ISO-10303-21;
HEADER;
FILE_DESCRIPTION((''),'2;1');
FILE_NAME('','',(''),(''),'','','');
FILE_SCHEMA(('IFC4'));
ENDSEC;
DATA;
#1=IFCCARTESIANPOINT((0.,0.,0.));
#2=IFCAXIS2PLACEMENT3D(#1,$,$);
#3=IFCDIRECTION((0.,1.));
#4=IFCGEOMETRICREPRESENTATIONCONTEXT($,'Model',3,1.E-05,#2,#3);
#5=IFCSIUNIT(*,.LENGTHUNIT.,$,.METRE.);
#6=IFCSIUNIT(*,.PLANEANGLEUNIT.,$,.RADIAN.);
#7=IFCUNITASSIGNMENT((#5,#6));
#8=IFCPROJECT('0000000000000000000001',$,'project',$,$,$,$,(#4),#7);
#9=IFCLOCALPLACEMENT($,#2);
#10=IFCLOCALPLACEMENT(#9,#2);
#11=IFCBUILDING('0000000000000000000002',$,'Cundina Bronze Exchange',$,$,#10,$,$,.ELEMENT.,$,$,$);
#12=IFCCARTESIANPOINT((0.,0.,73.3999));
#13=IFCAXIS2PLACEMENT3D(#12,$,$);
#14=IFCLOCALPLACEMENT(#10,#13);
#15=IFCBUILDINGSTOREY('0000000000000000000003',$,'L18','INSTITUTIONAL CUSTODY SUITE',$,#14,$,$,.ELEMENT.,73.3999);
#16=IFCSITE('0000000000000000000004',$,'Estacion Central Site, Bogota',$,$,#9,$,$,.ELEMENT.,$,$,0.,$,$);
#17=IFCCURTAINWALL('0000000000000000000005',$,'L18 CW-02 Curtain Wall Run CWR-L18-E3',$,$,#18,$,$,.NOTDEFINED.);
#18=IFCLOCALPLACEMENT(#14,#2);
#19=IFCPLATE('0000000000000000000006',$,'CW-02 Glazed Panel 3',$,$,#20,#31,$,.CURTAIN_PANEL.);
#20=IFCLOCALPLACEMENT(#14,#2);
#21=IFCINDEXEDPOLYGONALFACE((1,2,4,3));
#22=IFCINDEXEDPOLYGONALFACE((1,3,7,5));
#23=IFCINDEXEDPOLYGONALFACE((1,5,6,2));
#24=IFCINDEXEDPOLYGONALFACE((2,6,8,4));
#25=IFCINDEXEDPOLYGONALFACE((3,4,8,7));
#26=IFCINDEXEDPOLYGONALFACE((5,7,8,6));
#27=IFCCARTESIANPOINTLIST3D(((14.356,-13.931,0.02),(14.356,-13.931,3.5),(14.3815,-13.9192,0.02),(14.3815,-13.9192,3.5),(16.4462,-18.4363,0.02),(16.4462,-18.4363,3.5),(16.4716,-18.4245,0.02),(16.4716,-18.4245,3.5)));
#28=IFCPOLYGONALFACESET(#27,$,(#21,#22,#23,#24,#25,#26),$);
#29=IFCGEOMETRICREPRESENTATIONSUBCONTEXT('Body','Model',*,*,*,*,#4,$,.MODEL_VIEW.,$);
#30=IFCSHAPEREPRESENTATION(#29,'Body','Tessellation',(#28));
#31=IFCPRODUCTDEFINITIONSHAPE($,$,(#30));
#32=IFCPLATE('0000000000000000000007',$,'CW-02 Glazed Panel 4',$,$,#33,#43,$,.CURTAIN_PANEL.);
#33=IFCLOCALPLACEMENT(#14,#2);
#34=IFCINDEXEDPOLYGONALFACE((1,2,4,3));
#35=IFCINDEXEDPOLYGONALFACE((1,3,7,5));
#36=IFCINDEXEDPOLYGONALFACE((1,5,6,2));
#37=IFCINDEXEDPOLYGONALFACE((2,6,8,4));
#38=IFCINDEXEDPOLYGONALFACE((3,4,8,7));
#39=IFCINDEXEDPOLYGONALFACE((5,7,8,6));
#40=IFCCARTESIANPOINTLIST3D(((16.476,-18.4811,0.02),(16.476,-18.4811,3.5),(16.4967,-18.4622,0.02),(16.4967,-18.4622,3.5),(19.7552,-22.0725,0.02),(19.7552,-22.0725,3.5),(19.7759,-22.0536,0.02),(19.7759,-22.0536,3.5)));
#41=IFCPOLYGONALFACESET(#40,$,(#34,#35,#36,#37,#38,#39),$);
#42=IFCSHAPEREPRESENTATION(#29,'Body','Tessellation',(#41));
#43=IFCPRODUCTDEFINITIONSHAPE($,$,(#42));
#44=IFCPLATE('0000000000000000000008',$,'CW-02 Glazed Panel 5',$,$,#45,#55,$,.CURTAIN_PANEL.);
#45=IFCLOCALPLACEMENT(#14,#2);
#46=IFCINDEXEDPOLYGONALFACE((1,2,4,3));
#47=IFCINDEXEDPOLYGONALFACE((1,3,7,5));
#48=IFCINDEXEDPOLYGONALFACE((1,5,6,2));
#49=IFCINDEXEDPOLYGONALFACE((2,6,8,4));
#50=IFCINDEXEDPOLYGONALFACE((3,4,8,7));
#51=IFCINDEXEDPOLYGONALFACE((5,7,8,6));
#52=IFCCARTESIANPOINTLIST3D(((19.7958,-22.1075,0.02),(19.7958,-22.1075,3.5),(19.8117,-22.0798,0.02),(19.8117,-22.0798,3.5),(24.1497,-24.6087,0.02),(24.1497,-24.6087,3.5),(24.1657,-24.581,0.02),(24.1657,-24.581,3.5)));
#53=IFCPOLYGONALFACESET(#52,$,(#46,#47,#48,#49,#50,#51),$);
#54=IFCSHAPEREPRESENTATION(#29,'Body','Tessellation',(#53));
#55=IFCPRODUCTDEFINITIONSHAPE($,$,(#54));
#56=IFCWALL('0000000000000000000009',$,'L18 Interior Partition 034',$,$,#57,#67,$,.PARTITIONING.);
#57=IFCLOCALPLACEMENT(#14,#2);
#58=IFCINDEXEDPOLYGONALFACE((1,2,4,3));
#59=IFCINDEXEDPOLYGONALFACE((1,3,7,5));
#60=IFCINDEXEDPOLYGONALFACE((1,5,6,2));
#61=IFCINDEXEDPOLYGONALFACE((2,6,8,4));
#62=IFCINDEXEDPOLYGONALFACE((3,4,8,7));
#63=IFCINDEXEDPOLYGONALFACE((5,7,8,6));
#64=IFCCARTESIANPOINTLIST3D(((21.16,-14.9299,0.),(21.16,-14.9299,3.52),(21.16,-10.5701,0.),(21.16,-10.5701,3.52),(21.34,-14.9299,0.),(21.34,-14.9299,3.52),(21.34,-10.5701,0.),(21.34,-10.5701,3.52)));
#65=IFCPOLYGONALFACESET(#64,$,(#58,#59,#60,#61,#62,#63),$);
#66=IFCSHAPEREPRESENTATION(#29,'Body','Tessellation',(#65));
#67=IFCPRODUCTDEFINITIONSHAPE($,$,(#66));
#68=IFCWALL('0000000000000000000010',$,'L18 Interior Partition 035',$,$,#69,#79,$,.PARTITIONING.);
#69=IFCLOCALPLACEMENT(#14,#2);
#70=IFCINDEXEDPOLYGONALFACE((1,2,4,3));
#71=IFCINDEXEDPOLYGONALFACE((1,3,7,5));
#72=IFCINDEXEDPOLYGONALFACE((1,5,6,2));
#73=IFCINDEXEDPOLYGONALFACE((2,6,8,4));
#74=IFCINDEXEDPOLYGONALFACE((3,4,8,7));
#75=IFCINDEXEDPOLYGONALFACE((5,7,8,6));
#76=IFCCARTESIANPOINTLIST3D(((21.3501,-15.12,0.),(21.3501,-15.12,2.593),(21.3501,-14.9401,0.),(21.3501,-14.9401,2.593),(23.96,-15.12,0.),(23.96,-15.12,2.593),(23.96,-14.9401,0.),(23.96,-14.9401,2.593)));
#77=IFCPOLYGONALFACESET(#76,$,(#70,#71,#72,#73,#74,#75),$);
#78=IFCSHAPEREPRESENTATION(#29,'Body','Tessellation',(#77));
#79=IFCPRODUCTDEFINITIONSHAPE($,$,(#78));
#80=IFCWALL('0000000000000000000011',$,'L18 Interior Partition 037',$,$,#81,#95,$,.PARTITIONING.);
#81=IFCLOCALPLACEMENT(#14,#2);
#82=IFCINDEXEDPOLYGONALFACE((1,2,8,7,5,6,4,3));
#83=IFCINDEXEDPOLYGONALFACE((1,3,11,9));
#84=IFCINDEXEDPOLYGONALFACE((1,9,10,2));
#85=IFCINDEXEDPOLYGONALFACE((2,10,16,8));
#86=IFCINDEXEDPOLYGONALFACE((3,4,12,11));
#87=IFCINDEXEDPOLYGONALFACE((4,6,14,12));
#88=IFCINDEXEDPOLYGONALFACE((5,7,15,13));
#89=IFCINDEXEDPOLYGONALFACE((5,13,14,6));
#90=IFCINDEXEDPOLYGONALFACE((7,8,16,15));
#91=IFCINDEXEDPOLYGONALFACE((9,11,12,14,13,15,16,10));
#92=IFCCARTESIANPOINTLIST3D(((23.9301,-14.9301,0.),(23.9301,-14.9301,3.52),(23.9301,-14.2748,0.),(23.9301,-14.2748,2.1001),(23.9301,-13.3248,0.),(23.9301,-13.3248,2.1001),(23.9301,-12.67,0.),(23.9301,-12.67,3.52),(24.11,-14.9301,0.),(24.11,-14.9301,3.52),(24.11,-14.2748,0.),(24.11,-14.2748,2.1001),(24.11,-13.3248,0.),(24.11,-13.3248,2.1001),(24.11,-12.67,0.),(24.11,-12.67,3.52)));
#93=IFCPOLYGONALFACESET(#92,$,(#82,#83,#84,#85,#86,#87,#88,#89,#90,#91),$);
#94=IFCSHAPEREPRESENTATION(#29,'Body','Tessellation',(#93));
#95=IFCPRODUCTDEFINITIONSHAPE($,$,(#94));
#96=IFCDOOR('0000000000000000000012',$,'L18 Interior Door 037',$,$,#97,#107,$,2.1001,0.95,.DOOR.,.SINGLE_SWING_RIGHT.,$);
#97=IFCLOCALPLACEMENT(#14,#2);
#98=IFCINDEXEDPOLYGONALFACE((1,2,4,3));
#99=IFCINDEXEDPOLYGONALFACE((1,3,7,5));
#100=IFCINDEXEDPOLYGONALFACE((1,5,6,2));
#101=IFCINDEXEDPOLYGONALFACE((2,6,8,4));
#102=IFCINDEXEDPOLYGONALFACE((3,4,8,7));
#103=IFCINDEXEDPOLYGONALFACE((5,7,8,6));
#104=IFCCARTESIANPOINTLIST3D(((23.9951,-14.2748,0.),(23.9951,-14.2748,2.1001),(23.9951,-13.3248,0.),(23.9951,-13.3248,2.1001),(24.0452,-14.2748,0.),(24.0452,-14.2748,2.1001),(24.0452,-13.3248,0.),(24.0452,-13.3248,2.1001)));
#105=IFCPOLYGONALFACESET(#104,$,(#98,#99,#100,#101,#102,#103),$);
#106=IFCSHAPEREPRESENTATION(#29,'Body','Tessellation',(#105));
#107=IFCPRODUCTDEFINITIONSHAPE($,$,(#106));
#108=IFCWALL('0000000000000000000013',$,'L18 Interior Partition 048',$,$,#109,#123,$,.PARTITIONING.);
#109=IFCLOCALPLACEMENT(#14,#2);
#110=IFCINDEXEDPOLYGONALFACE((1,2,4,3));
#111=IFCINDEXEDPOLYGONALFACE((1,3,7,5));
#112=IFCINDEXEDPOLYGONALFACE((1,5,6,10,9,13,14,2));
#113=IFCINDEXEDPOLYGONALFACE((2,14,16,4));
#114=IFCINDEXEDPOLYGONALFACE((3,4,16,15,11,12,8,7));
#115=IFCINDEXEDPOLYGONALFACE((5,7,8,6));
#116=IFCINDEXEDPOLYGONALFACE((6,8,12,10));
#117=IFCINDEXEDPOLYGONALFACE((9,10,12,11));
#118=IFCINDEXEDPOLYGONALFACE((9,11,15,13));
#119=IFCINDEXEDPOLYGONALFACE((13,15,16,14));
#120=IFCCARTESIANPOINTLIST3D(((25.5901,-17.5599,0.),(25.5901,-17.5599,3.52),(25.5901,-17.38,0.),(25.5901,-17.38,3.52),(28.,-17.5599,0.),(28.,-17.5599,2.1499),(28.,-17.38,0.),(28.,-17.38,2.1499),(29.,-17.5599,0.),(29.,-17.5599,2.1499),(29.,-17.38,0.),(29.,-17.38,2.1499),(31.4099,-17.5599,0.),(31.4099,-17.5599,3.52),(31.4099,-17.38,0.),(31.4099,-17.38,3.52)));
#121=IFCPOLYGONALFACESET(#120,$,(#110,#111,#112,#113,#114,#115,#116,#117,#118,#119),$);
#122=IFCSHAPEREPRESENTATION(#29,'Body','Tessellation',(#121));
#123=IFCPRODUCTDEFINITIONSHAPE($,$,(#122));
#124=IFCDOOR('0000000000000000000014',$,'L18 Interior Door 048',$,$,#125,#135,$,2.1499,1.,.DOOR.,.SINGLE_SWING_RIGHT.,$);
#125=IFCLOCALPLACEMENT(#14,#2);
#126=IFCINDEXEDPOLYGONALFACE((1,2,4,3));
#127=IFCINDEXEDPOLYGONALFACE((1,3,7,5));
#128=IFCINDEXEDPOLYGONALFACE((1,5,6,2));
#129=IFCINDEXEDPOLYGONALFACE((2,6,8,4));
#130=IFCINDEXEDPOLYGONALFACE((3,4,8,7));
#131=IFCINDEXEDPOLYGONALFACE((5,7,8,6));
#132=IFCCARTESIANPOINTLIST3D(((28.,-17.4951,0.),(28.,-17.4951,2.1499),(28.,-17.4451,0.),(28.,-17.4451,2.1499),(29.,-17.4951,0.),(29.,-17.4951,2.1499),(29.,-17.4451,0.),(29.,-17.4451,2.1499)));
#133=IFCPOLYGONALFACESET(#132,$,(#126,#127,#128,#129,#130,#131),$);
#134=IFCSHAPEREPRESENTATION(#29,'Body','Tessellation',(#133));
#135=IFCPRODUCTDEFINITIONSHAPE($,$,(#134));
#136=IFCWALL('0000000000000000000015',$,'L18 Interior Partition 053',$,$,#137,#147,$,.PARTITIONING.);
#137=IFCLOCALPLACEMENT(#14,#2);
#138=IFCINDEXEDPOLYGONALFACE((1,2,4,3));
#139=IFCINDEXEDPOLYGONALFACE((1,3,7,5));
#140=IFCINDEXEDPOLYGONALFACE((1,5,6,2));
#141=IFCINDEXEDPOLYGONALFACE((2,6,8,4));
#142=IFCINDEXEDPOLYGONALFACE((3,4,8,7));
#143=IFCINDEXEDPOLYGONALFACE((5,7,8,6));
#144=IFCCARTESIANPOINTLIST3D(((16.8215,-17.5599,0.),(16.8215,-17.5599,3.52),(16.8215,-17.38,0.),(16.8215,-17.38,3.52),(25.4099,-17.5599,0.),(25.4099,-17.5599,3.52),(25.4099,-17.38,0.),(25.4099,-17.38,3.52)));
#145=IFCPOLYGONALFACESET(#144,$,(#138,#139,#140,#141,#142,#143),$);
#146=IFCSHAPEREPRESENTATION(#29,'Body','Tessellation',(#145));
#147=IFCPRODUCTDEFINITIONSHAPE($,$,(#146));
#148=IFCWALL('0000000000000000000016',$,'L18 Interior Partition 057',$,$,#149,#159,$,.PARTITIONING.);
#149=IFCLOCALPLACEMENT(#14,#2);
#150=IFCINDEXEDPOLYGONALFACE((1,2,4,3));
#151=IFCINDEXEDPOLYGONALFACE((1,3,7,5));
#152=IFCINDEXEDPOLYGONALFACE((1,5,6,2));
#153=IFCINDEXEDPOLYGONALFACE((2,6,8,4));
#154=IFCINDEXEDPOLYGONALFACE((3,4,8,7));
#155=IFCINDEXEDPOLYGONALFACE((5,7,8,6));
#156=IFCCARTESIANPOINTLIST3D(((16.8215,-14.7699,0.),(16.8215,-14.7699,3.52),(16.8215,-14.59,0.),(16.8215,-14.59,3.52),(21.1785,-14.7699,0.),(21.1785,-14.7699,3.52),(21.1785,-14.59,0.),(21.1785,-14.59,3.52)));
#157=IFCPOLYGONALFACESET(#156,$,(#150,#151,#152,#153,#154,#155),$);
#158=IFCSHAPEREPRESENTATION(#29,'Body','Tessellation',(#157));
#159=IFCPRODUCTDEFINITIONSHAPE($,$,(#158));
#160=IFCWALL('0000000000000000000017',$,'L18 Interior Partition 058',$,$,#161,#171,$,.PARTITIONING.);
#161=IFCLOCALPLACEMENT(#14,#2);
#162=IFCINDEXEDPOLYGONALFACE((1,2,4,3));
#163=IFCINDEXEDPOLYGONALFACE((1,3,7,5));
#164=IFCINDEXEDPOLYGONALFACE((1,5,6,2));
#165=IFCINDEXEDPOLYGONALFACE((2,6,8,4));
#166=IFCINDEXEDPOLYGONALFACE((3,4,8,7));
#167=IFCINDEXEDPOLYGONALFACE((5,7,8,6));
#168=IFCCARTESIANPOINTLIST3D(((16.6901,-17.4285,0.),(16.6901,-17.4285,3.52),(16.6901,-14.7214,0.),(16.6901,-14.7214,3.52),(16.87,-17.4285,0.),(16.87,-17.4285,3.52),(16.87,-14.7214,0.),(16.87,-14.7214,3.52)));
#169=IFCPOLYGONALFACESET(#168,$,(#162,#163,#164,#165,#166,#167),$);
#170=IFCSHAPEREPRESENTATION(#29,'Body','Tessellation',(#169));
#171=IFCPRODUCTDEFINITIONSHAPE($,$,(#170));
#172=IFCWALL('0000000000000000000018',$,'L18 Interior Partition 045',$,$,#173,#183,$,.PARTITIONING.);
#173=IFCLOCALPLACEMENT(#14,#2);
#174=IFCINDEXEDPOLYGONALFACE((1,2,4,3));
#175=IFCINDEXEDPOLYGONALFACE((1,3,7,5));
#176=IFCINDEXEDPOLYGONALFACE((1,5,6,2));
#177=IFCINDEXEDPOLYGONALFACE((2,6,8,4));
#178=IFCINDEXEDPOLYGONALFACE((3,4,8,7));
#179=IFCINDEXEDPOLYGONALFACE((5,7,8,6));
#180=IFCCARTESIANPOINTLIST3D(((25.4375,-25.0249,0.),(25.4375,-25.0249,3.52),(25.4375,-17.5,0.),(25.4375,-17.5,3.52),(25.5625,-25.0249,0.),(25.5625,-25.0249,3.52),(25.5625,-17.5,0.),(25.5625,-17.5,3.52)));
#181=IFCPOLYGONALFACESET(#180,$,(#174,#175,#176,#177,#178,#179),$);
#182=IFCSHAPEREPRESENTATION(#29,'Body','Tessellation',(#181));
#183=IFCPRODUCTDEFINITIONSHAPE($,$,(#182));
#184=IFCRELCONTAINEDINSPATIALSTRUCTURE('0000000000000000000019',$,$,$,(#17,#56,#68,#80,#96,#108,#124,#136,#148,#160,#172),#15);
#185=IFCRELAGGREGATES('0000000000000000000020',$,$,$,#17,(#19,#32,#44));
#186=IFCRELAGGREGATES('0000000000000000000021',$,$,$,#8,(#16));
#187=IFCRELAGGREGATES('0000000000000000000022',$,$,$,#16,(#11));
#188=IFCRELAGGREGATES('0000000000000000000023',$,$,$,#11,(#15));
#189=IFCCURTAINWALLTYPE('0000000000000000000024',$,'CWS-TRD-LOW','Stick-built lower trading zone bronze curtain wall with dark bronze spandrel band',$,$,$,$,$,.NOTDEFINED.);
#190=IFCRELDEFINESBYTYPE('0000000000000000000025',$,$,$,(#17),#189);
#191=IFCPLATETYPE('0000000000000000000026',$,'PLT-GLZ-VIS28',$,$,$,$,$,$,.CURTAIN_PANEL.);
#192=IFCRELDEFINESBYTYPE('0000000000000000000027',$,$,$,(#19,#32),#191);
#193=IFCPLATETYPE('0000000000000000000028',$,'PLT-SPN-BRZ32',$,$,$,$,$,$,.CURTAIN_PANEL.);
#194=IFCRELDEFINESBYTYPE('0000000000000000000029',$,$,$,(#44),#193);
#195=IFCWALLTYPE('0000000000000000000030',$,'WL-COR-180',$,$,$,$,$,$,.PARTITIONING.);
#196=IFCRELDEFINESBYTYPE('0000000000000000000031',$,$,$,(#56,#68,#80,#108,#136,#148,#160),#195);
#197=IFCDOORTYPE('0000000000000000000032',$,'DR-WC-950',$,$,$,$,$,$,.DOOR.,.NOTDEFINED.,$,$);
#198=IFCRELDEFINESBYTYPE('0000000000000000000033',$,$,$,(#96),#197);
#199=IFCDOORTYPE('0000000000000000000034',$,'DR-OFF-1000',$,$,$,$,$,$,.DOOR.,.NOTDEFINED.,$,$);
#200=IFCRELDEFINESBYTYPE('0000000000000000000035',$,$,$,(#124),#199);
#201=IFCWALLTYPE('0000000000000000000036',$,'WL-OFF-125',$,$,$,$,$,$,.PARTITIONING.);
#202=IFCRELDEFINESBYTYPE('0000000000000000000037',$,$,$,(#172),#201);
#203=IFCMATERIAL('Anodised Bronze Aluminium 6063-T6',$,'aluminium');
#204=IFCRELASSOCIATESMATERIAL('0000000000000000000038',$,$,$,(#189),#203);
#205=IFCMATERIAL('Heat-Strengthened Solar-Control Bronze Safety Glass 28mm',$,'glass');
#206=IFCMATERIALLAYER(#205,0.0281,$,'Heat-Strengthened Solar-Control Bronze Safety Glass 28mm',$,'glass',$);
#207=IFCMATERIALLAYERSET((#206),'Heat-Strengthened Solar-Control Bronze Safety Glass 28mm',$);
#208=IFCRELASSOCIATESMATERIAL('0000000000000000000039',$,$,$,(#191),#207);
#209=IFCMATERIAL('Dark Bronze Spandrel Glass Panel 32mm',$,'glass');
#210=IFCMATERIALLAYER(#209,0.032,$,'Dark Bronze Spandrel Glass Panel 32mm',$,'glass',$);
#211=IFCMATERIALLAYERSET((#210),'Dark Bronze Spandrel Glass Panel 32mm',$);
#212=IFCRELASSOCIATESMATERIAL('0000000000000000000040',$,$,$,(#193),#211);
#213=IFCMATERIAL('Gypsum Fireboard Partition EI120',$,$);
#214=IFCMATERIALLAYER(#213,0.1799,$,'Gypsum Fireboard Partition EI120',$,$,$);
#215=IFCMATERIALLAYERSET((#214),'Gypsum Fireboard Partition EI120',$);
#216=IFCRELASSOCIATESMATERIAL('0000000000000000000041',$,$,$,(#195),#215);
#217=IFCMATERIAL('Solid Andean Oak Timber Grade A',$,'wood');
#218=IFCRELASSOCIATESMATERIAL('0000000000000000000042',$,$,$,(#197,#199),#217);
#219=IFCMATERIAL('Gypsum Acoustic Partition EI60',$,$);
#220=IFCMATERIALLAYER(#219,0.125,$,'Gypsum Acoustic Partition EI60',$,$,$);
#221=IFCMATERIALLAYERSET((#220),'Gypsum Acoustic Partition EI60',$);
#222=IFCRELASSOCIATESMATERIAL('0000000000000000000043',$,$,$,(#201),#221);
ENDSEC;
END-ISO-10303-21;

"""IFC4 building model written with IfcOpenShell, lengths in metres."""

from ifc_helpers import new_model, si_unit, direction, frame, frame_2d, origin, origin_2d, place, context, subcontext, project, spatial, rectangle, extrude, material, layer, layer_set, type_object, element, fill, aggregate, save


model = new_model("IFC4")

# Units and contexts
model_context = context("Model", 3, precision=1e-05, world=origin(), true_north=direction((0.0, 1.0)))
body_context = subcontext(model_context, "Body", "Model", "MODEL_VIEW")
ifc_project = project(units=[si_unit("LENGTHUNIT", "METRE"), si_unit("PLANEANGLEUNIT", "RADIAN")], contexts=[model_context])

# Site, building, storey
site_placement = place(None, origin())
site = spatial("IfcSite", under=ifc_project, at=site_placement, Name="Estacion Central Site, Bogota", CompositionType="ELEMENT", RefElevation=0.0)
building_placement = place(site_placement, origin())
building = spatial("IfcBuilding", under=site, at=building_placement, Name="Cundina Bronze Exchange", CompositionType="ELEMENT")
storey_placement = place(building_placement, frame((0.0, 0.0, 73.3999)))
storey = spatial("IfcBuildingStorey", under=building, at=storey_placement, Name="L18", Description="INSTITUTIONAL CUSTODY SUITE", CompositionType="ELEMENT", Elevation=73.3999)

# Curtain wall, plates
ifc_material_1 = material(Name="Anodised Bronze Aluminium 6063-T6", Category="aluminium")
curtain_wall_type = type_object("IfcCurtainWallType", Name="CWS-TRD-LOW", Description="Stick-built lower trading zone bronze curtain wall with dark bronze spandrel band", PredefinedType="NOTDEFINED", material=ifc_material_1)
curtain_wall_placement = place(storey_placement, origin())
curtain_wall = element("IfcCurtainWall", 1, at=curtain_wall_placement, inside=storey, type_object=curtain_wall_type, Name="L18 CW-02 Curtain Wall Run CWR-L18-E3", PredefinedType="NOTDEFINED")
ifc_material_2 = material(Name="Heat-Strengthened Solar-Control Bronze Safety Glass 28mm", Category="glass")
ifc_layer_1 = layer(ifc_material_2, 0.0281, Name="Heat-Strengthened Solar-Control Bronze Safety Glass 28mm", Category="glass")
ifc_layer_set_1 = layer_set([ifc_layer_1], Name="Heat-Strengthened Solar-Control Bronze Safety Glass 28mm")
plate_type_1 = type_object("IfcPlateType", Name="PLT-GLZ-VIS28", PredefinedType="CURTAIN_PANEL", material=ifc_layer_set_1)
plate_1_placement = place(storey_placement, frame((15.4138, -16.1777, 0.02), z_axis=(0.0, 0.0, 1.0), x_axis=(0.420846, -0.907132, 0.0)))
plate_1 = element("IfcPlate", 2, at=plate_1_placement, type_object=plate_type_1, Name="CW-02 Glazed Panel 3", PredefinedType="CURTAIN_PANEL", context=body_context, shape_type="SweptSolid", body=[
    extrude(rectangle(XDim=4.9666, YDim=0.0281, at=origin_2d()), origin(), (0.0, 0.0, 1.0), 3.48),
])
plate_2_placement = place(storey_placement, frame((18.126, -20.2673, 0.02), z_axis=(0.0, 0.0, 1.0), x_axis=(0.674277, -0.738479, 0.0)))
plate_2 = element("IfcPlate", 3, at=plate_2_placement, type_object=plate_type_1, Name="CW-02 Glazed Panel 4", PredefinedType="CURTAIN_PANEL", context=body_context, shape_type="SweptSolid", body=[
    extrude(rectangle(XDim=4.8633, YDim=0.0281, at=origin_2d()), origin(), (0.0, 0.0, 1.0), 3.48),
])
ifc_material_3 = material(Name="Dark Bronze Spandrel Glass Panel 32mm", Category="glass")
ifc_layer_2 = layer(ifc_material_3, 0.032, Name="Dark Bronze Spandrel Glass Panel 32mm", Category="glass")
ifc_layer_set_2 = layer_set([ifc_layer_2], Name="Dark Bronze Spandrel Glass Panel 32mm")
plate_type_2 = type_object("IfcPlateType", Name="PLT-SPN-BRZ32", PredefinedType="CURTAIN_PANEL", material=ifc_layer_set_2)
plate_3_placement = place(storey_placement, frame((21.9807, -23.3442, 0.02), z_axis=(0.0, 0.0, 1.0), x_axis=(0.867105, -0.498125, 0.0)))
plate_3 = element("IfcPlate", 4, at=plate_3_placement, type_object=plate_type_2, Name="CW-02 Glazed Panel 5", PredefinedType="CURTAIN_PANEL", context=body_context, shape_type="SweptSolid", body=[
    extrude(rectangle(XDim=5.0212, YDim=0.032, at=origin_2d()), origin(), (0.0, 0.0, 1.0), 3.48),
])
aggregate(curtain_wall, [plate_1, plate_2, plate_3])

# Walls
ifc_material_4 = material(Name="Gypsum Fireboard Partition EI120")
ifc_layer_3 = layer(ifc_material_4, 0.1799, Name="Gypsum Fireboard Partition EI120")
ifc_layer_set_3 = layer_set([ifc_layer_3], Name="Gypsum Fireboard Partition EI120")
wall_type_1 = type_object("IfcWallType", Name="WL-COR-180", PredefinedType="PARTITIONING", material=ifc_layer_set_3)
wall_1_placement = place(storey_placement, frame((21.25, -14.9299, 0.0), z_axis=(0.0, 0.0, 1.0), x_axis=(0.0, 1.0, 0.0)))
element("IfcWall", 5, at=wall_1_placement, inside=storey, type_object=wall_type_1, Name="L18 Interior Partition 034", PredefinedType="PARTITIONING", context=body_context, shape_type="SweptSolid", body=[
    extrude(rectangle(XDim=4.3599, YDim=0.1799, at=frame_2d((2.1799, 0.0))), origin(), (0.0, 0.0, 1.0), 3.52),
])
wall_2_placement = place(storey_placement, frame((21.3501, -15.03, 0.0), z_axis=(0.0, 0.0, 1.0), x_axis=(1.0, 0.0, 0.0)))
element("IfcWall", 6, at=wall_2_placement, inside=storey, type_object=wall_type_1, Name="L18 Interior Partition 035", PredefinedType="PARTITIONING", context=body_context, shape_type="SweptSolid", body=[
    extrude(rectangle(XDim=2.6099, YDim=0.1799, at=frame_2d((1.3049, 0.0))), origin(), (0.0, 0.0, 1.0), 2.593),
])

# Walls, openings, doors
wall_3_placement = place(storey_placement, frame((24.02, -14.9299, 0.0), z_axis=(0.0, 0.0, 1.0), x_axis=(0.0, 1.0, 0.0)))
wall_3 = element("IfcWall", 7, at=wall_3_placement, inside=storey, type_object=wall_type_1, Name="L18 Interior Partition 037", PredefinedType="PARTITIONING", context=body_context, shape_type="SweptSolid", body=[
    extrude(rectangle(XDim=2.26, YDim=0.1799, at=frame_2d((1.1299, 0.0))), origin(), (0.0, 0.0, 1.0), 3.52),
])
opening_1_placement = place(wall_3_placement, frame((0.655, 0.0, 0.0)))
opening_1 = element("IfcOpeningElement", 8, at=opening_1_placement, cuts=wall_3, PredefinedType="OPENING", context=body_context, shape_type="SweptSolid", body=[
    extrude(rectangle(XDim=0.95, YDim=2.1001, at=frame_2d((0.4751, 1.05))), frame((0.0, 0.0999, 0.0), z_axis=(0.0, -1.0, 0.0), x_axis=(1.0, 0.0, 0.0)), (0.0, 0.0, 1.0), 0.2),
])
ifc_material_5 = material(Name="Solid Andean Oak Timber Grade A", Category="wood")
door_type_1 = type_object("IfcDoorType", Name="DR-WC-950", OperationType="NOTDEFINED", PredefinedType="DOOR", material=ifc_material_5)
door_1_placement = place(opening_1_placement, origin())
door_1 = element("IfcDoor", 9, at=door_1_placement, inside=storey, type_object=door_type_1, Name="L18 Interior Door 037", OperationType="SINGLE_SWING_RIGHT", OverallHeight=2.1001, OverallWidth=0.95, PredefinedType="DOOR", context=body_context, shape_type="SweptSolid", body=[
    extrude(rectangle(XDim=0.95, YDim=2.1001, at=frame_2d((0.4751, 1.05))), frame((0.0, 0.0249, 0.0), z_axis=(0.0, -1.0, 0.0), x_axis=(1.0, 0.0, 0.0)), (0.0, 0.0, 1.0), 0.05),
])
fill(opening_1, door_1)
wall_4_placement = place(storey_placement, frame((25.5901, -17.47, 0.0), z_axis=(0.0, 0.0, 1.0), x_axis=(1.0, 0.0, 0.0)))
wall_4 = element("IfcWall", 10, at=wall_4_placement, inside=storey, type_object=wall_type_1, Name="L18 Interior Partition 048", PredefinedType="PARTITIONING", context=body_context, shape_type="SweptSolid", body=[
    extrude(rectangle(XDim=5.8198, YDim=0.1799, at=frame_2d((2.9099, 0.0))), origin(), (0.0, 0.0, 1.0), 3.52),
])
opening_2_placement = place(wall_4_placement, frame((2.4099, 0.0, 0.0)))
opening_2 = element("IfcOpeningElement", 11, at=opening_2_placement, cuts=wall_4, PredefinedType="OPENING", context=body_context, shape_type="SweptSolid", body=[
    extrude(rectangle(XDim=1.0, YDim=2.1499, at=frame_2d((0.5, 1.075))), frame((0.0, 0.0999, 0.0), z_axis=(0.0, -1.0, 0.0), x_axis=(1.0, 0.0, 0.0)), (0.0, 0.0, 1.0), 0.2),
])
door_type_2 = type_object("IfcDoorType", Name="DR-OFF-1000", OperationType="NOTDEFINED", PredefinedType="DOOR", material=ifc_material_5)
door_2_placement = place(opening_2_placement, origin())
door_2 = element("IfcDoor", 12, at=door_2_placement, inside=storey, type_object=door_type_2, Name="L18 Interior Door 048", OperationType="SINGLE_SWING_RIGHT", OverallHeight=2.1499, OverallWidth=1.0, PredefinedType="DOOR", context=body_context, shape_type="SweptSolid", body=[
    extrude(rectangle(XDim=1.0, YDim=2.1499, at=frame_2d((0.5, 1.075))), frame((0.0, 0.0249, 0.0), z_axis=(0.0, -1.0, 0.0), x_axis=(1.0, 0.0, 0.0)), (0.0, 0.0, 1.0), 0.05),
])
fill(opening_2, door_2)

# Walls
wall_5_placement = place(storey_placement, frame((16.8215, -17.47, 0.0), z_axis=(0.0, 0.0, 1.0), x_axis=(1.0, 0.0, 0.0)))
element("IfcWall", 13, at=wall_5_placement, inside=storey, type_object=wall_type_1, Name="L18 Interior Partition 053", PredefinedType="PARTITIONING", context=body_context, shape_type="SweptSolid", body=[
    extrude(rectangle(XDim=8.5884, YDim=0.1799, at=frame_2d((4.2942, 0.0))), origin(), (0.0, 0.0, 1.0), 3.52),
])
wall_6_placement = place(storey_placement, frame((21.1785, -14.6799, 0.0), z_axis=(0.0, 0.0, 1.0), x_axis=(-1.0, 0.0, 0.0)))
element("IfcWall", 14, at=wall_6_placement, inside=storey, type_object=wall_type_1, Name="L18 Interior Partition 057", PredefinedType="PARTITIONING", context=body_context, shape_type="SweptSolid", body=[
    extrude(rectangle(XDim=4.3569, YDim=0.1799, at=frame_2d((2.1785, 0.0))), origin(), (0.0, 0.0, 1.0), 3.52),
])
wall_7_placement = place(storey_placement, frame((16.78, -14.7214, 0.0), z_axis=(0.0, 0.0, 1.0), x_axis=(0.0, -1.0, 0.0)))
element("IfcWall", 15, at=wall_7_placement, inside=storey, type_object=wall_type_1, Name="L18 Interior Partition 058", PredefinedType="PARTITIONING", context=body_context, shape_type="SweptSolid", body=[
    extrude(rectangle(XDim=2.707, YDim=0.1799, at=frame_2d((1.3535, 0.0))), origin(), (0.0, 0.0, 1.0), 3.52),
])
ifc_material_6 = material(Name="Gypsum Acoustic Partition EI60")
ifc_layer_4 = layer(ifc_material_6, 0.125, Name="Gypsum Acoustic Partition EI60")
ifc_layer_set_4 = layer_set([ifc_layer_4], Name="Gypsum Acoustic Partition EI60")
wall_type_2 = type_object("IfcWallType", Name="WL-OFF-125", PredefinedType="PARTITIONING", material=ifc_layer_set_4)
wall_8_placement = place(storey_placement, frame((25.5, -25.0249, 0.0), z_axis=(0.0, 0.0, 1.0), x_axis=(0.0, 1.0, 0.0)))
element("IfcWall", 16, at=wall_8_placement, inside=storey, type_object=wall_type_2, Name="L18 Interior Partition 045", PredefinedType="PARTITIONING", context=body_context, shape_type="SweptSolid", body=[
    extrude(rectangle(XDim=7.5249, YDim=0.125, at=frame_2d((3.7625, 0.0))), origin(), (0.0, 0.0, 1.0), 3.52),
])

save(model, "model.ifc")
